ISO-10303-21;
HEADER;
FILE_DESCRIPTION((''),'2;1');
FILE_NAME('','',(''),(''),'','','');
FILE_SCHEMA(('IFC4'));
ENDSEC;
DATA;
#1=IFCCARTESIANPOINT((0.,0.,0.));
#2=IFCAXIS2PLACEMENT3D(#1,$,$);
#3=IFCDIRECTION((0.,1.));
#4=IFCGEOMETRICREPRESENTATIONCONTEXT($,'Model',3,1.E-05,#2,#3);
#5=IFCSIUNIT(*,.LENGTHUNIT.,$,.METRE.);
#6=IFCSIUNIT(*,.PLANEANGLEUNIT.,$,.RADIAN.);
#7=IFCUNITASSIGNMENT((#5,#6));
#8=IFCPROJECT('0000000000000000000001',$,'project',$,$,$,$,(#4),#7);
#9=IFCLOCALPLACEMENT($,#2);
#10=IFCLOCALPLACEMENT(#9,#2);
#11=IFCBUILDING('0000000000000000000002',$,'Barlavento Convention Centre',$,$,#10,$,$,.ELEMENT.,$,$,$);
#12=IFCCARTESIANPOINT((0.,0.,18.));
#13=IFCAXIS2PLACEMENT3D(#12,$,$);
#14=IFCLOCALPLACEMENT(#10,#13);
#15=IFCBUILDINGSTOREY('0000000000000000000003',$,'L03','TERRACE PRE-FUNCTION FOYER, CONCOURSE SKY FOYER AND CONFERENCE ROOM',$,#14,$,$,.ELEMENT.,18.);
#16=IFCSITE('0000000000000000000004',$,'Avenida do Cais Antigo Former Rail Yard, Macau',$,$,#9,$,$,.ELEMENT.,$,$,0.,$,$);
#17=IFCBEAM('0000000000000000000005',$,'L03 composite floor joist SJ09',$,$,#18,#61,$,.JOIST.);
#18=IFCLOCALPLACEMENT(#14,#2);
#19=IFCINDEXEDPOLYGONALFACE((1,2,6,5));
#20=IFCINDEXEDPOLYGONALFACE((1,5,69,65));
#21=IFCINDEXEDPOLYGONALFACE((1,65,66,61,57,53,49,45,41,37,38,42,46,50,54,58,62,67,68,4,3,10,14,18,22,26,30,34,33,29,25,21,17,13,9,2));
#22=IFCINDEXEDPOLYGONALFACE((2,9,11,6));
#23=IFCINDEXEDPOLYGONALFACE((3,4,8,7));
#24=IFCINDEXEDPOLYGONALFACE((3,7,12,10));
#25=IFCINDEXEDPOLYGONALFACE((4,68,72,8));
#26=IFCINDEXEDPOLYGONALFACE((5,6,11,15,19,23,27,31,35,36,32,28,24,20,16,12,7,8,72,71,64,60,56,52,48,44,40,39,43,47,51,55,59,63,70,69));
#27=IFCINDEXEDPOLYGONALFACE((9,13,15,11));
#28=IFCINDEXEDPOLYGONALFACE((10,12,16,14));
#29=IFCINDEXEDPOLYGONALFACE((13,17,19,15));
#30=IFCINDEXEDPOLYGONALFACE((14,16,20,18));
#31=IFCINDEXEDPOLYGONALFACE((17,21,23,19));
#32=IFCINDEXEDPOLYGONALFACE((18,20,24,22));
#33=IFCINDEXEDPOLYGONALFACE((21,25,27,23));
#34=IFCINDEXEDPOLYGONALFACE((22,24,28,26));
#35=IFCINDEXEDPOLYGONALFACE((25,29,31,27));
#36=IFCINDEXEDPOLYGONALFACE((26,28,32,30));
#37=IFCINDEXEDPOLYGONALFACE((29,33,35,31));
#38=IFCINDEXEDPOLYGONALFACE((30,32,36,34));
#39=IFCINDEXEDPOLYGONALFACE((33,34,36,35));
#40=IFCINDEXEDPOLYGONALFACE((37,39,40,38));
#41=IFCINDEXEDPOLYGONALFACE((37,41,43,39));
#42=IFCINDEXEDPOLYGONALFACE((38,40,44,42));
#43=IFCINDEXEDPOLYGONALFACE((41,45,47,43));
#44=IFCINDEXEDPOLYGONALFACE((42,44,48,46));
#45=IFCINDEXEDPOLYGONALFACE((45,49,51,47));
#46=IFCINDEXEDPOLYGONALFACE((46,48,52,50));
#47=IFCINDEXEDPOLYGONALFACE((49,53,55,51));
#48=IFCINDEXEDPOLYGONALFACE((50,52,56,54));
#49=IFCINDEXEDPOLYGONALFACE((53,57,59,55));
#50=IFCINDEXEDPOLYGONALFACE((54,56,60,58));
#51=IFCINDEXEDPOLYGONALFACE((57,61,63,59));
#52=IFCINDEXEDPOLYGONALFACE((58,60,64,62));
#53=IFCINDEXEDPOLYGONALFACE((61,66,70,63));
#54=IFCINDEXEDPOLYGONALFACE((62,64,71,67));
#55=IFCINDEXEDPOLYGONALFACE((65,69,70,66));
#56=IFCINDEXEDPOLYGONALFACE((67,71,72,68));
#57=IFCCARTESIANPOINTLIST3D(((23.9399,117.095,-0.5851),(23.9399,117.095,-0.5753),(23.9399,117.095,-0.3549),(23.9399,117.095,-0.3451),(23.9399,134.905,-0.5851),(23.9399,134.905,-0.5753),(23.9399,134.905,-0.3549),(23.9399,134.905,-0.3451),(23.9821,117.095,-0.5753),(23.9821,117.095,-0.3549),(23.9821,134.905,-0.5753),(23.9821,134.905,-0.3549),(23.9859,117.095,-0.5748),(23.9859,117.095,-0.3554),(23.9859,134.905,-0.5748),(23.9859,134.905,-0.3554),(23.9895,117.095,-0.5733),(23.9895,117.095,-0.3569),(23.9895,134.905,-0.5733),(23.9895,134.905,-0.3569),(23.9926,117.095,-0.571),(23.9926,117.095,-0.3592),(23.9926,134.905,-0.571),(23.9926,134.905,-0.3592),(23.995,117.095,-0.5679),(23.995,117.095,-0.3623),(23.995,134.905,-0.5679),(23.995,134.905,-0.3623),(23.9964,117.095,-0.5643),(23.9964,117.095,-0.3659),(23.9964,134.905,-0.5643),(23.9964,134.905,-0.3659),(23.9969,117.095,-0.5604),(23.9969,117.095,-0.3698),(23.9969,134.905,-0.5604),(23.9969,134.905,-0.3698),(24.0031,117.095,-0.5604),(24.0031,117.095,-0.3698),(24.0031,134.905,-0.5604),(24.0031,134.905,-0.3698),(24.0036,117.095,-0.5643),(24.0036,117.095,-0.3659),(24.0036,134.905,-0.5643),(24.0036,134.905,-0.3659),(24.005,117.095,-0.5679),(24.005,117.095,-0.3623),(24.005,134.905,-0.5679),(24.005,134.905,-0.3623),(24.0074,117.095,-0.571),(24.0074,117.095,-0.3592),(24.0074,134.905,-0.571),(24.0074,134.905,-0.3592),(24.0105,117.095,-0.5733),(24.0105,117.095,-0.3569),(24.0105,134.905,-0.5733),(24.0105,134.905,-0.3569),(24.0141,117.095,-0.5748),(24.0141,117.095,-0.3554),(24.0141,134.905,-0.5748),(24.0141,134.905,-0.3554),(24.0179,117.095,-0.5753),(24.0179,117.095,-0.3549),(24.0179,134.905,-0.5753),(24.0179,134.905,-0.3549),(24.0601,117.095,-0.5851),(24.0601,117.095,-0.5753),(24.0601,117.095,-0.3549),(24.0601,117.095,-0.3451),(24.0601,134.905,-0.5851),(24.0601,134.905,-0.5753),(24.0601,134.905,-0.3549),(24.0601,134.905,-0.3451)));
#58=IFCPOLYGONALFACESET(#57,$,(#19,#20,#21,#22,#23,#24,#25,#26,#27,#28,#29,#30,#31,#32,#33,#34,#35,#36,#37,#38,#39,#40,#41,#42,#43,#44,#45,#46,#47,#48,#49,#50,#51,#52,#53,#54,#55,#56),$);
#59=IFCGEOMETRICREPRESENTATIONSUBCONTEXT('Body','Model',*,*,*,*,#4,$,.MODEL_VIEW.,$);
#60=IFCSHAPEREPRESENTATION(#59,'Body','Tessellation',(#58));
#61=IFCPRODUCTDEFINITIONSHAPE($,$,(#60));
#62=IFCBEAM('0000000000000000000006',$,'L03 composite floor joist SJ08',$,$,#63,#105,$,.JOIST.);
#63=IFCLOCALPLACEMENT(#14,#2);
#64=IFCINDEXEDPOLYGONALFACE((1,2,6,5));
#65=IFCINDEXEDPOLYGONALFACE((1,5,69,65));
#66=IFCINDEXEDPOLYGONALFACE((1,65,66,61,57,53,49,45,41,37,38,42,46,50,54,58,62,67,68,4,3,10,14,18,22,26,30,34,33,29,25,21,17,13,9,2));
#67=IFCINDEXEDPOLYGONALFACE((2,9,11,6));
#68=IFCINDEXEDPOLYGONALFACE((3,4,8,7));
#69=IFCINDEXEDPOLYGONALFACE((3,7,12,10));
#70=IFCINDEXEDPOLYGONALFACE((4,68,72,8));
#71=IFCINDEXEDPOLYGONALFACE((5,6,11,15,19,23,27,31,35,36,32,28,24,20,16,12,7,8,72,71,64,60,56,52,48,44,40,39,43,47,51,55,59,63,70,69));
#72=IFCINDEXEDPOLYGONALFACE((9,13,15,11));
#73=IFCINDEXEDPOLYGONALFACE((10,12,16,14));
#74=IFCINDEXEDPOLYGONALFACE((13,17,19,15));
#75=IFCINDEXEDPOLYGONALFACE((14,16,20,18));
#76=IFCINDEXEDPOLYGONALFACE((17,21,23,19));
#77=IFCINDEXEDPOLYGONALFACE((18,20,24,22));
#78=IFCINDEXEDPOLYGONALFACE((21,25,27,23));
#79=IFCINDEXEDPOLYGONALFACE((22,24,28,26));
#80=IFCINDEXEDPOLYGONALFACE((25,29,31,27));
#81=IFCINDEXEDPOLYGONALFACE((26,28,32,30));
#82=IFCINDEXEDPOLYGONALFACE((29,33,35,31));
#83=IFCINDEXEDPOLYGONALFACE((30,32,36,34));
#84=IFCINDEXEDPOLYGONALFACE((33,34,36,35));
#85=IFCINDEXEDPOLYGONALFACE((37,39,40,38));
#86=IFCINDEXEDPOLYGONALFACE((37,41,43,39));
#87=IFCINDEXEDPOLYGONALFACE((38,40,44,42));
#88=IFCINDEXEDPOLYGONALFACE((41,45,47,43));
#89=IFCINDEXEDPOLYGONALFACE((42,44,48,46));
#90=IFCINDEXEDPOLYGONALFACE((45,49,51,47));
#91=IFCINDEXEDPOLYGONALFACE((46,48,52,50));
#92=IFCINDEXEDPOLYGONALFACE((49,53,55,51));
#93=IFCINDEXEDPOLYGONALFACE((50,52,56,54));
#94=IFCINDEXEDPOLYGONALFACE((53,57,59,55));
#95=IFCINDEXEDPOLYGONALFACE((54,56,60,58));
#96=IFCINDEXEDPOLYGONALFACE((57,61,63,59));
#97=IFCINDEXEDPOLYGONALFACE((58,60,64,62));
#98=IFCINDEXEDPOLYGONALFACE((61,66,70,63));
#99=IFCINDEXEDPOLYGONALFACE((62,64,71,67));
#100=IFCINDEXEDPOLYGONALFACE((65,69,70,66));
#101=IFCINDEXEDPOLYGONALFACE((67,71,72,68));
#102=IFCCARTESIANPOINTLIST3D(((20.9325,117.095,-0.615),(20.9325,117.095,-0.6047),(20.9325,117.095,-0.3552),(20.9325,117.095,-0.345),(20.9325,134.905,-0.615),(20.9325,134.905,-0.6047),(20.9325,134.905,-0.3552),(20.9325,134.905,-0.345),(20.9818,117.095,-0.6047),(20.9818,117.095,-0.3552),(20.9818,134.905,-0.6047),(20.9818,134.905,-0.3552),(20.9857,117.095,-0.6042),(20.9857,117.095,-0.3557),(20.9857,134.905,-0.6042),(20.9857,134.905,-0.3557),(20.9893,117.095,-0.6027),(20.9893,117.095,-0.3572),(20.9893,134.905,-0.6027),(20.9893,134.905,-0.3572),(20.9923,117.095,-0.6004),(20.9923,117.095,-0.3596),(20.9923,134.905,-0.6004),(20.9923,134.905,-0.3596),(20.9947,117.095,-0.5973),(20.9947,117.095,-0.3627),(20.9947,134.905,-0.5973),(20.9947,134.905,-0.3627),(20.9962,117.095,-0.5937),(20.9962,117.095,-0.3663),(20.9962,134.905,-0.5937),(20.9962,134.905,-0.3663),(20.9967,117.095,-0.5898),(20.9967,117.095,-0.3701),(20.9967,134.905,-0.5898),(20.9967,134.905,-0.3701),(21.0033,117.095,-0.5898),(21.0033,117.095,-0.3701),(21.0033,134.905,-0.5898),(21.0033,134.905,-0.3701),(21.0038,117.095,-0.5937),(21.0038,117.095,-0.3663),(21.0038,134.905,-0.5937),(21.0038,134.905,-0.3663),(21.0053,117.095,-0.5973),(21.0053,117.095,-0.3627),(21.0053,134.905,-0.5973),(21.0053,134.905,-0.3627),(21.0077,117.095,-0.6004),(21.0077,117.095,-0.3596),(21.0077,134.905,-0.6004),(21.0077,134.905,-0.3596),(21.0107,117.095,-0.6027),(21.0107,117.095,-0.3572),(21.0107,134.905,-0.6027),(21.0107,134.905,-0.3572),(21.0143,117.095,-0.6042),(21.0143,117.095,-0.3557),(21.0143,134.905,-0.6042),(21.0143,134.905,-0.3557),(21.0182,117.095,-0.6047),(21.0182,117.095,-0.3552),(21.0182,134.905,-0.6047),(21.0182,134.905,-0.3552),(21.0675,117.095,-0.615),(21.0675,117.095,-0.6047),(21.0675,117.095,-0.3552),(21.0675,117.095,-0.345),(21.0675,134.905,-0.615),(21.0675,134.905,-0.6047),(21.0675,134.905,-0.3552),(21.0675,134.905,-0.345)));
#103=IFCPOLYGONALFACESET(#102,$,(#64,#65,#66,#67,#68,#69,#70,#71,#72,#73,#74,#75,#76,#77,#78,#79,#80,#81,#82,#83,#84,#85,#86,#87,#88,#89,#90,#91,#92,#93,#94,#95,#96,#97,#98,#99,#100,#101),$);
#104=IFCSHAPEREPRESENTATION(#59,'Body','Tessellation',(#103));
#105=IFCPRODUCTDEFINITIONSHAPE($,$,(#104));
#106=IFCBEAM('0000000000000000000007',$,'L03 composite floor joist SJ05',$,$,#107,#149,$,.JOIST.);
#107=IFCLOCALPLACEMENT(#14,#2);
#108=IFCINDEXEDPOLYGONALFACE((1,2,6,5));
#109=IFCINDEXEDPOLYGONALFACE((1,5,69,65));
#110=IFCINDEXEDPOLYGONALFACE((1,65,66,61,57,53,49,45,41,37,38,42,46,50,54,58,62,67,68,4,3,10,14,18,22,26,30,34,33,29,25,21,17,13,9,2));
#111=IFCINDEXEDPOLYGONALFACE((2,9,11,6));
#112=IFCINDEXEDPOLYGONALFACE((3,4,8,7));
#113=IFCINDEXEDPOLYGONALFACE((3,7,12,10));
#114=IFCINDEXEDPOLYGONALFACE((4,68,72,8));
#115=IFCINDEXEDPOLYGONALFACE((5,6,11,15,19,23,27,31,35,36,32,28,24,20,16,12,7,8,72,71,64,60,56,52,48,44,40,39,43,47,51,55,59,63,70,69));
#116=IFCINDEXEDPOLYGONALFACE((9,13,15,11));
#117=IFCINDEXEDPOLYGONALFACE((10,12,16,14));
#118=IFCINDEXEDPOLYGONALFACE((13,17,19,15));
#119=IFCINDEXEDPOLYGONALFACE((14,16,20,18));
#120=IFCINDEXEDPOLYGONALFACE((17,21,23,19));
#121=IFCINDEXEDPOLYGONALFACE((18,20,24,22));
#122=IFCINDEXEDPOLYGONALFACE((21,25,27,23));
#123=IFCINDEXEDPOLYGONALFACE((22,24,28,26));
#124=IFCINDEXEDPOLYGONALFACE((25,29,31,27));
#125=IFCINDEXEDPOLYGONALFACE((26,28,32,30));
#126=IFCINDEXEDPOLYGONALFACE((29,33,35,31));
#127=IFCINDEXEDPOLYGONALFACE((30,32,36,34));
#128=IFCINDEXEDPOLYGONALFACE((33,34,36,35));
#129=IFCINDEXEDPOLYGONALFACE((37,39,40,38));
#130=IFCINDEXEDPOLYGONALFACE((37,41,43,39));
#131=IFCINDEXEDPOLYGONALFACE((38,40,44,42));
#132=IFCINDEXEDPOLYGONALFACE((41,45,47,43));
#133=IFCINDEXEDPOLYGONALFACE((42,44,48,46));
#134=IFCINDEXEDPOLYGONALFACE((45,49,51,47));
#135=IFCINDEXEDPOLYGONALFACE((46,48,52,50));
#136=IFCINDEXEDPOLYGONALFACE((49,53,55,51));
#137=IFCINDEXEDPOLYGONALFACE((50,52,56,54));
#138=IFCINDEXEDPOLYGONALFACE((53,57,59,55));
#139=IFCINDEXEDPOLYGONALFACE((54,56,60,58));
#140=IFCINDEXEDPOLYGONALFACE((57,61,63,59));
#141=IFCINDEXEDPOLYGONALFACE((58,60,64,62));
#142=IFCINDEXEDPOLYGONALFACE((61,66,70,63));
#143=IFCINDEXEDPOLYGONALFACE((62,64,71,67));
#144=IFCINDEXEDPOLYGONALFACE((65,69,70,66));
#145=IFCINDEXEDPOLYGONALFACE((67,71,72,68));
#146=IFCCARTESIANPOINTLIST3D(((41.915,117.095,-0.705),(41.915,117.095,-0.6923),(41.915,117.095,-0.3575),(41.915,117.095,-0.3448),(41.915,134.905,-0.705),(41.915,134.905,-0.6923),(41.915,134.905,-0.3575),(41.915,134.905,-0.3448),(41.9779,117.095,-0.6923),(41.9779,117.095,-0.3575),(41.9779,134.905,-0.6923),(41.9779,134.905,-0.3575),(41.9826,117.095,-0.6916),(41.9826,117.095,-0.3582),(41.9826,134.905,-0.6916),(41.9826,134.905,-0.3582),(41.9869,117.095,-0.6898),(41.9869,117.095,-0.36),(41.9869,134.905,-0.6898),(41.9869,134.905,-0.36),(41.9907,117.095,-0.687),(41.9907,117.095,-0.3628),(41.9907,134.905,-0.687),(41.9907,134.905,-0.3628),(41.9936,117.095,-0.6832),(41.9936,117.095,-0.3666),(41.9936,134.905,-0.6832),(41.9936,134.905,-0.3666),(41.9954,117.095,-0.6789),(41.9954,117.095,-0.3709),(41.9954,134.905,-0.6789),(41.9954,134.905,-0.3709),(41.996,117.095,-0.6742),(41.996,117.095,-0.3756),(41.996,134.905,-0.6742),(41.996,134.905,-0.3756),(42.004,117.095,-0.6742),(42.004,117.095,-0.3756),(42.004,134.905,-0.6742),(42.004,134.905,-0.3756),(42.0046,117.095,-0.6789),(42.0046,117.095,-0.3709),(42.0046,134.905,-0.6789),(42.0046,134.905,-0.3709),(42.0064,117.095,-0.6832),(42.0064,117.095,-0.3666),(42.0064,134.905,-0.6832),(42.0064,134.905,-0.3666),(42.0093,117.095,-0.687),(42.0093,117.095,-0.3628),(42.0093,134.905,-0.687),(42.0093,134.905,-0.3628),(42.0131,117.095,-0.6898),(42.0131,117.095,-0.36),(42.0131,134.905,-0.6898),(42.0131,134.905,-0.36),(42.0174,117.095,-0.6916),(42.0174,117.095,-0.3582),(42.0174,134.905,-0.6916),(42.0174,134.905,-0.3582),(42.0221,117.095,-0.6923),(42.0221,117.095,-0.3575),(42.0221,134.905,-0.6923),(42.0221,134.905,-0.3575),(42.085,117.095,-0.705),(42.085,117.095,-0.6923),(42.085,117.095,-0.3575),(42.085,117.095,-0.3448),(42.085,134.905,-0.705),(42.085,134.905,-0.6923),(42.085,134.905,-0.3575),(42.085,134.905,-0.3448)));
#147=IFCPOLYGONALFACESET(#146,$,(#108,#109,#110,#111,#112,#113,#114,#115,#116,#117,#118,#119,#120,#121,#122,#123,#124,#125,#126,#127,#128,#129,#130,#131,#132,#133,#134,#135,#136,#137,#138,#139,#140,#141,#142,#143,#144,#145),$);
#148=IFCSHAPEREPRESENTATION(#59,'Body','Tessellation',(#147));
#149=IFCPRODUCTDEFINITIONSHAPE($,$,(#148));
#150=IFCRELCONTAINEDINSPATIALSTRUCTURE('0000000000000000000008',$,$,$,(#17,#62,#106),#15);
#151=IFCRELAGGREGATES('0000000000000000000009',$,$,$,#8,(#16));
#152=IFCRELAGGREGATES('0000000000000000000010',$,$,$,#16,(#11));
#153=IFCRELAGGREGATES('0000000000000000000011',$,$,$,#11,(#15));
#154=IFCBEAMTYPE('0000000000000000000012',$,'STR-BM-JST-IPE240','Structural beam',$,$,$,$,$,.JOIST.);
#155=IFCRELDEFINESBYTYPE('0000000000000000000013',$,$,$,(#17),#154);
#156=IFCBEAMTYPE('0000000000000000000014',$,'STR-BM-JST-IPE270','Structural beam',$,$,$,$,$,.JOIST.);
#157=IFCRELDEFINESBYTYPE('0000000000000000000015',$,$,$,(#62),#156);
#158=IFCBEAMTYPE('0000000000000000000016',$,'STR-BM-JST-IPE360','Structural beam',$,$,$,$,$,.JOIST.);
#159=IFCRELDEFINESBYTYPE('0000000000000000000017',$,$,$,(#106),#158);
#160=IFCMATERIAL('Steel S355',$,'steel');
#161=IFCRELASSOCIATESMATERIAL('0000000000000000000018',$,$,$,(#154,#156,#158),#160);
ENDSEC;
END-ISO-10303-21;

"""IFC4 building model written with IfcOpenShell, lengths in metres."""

from ifc_helpers import new_model, si_unit, direction, frame, origin, origin_2d, place, context, subcontext, project, spatial, i_section, extrude, material, material_profile, profile_set, type_object, element, save


model = new_model("IFC4")

# Units and contexts
model_context = context("Model", 3, precision=1e-05, world=origin(), true_north=direction((0.0, 1.0)))
body_context = subcontext(model_context, "Body", "Model", "MODEL_VIEW")
ifc_project = project(units=[si_unit("LENGTHUNIT", "METRE"), si_unit("PLANEANGLEUNIT", "RADIAN")], contexts=[model_context])

# Site, building, storey
site_placement = place(None, origin())
site = spatial("IfcSite", under=ifc_project, at=site_placement, Name="Avenida do Cais Antigo Former Rail Yard, Macau", CompositionType="ELEMENT", RefElevation=0.0)
building_placement = place(site_placement, origin())
building = spatial("IfcBuilding", under=site, at=building_placement, Name="Barlavento Convention Centre", CompositionType="ELEMENT")
storey_placement = place(building_placement, frame((0.0, 0.0, 18.0)))
storey = spatial("IfcBuildingStorey", under=building, at=storey_placement, Name="L03", Description="TERRACE PRE-FUNCTION FOYER, CONCOURSE SKY FOYER AND CONFERENCE ROOM", CompositionType="ELEMENT", Elevation=18.0)

# Beams
ifc_material_1 = material(Name="Steel S355", Category="steel")
ifc_material_profile_1 = material_profile(ifc_material_1, i_section(OverallWidth=0.1201, OverallDepth=0.24, WebThickness=0.0061, FlangeThickness=0.0098, FilletRadius=0.0149, at=origin_2d()), Name="IPE 240")
ifc_profile_set_1 = profile_set([ifc_material_profile_1], Name="Steel S355")
beam_type_1 = type_object("IfcBeamType", Name="STR-BM-JST-IPE240", Description="Structural beam", PredefinedType="JOIST", material=ifc_profile_set_1)
beam_1_placement = place(storey_placement, frame((24.0, 117.095, -0.4651), z_axis=(0.0, 1.0, 0.0), x_axis=(-1.0, 0.0, 0.0)))
element("IfcBeam", 1, at=beam_1_placement, inside=storey, type_object=beam_type_1, Name="L03 composite floor joist SJ09", PredefinedType="JOIST", context=body_context, shape_type="SweptSolid", body=[
    extrude(i_section(OverallWidth=0.1201, OverallDepth=0.24, WebThickness=0.0061, FlangeThickness=0.0098, FilletRadius=0.0149, at=origin_2d()), origin(), (0.0, 0.0, 1.0), 17.8101),
])
ifc_material_profile_2 = material_profile(ifc_material_1, i_section(OverallWidth=0.135, OverallDepth=0.27, WebThickness=0.0066, FlangeThickness=0.0103, FilletRadius=0.0149, at=origin_2d()), Name="IPE 270")
ifc_profile_set_2 = profile_set([ifc_material_profile_2], Name="Steel S355")
beam_type_2 = type_object("IfcBeamType", Name="STR-BM-JST-IPE270", Description="Structural beam", PredefinedType="JOIST", material=ifc_profile_set_2)
beam_2_placement = place(storey_placement, frame((21.0, 117.095, -0.48), z_axis=(0.0, 1.0, 0.0), x_axis=(-1.0, 0.0, 0.0)))
element("IfcBeam", 2, at=beam_2_placement, inside=storey, type_object=beam_type_2, Name="L03 composite floor joist SJ08", PredefinedType="JOIST", context=body_context, shape_type="SweptSolid", body=[
    extrude(i_section(OverallWidth=0.135, OverallDepth=0.27, WebThickness=0.0066, FlangeThickness=0.0103, FilletRadius=0.0149, at=origin_2d()), origin(), (0.0, 0.0, 1.0), 17.8101),
])
ifc_material_profile_3 = material_profile(ifc_material_1, i_section(OverallWidth=0.1699, OverallDepth=0.3601, WebThickness=0.0081, FlangeThickness=0.0127, FilletRadius=0.0181, at=origin_2d()), Name="IPE 360")
ifc_profile_set_3 = profile_set([ifc_material_profile_3], Name="Steel S355")
beam_type_3 = type_object("IfcBeamType", Name="STR-BM-JST-IPE360", Description="Structural beam", PredefinedType="JOIST", material=ifc_profile_set_3)
beam_3_placement = place(storey_placement, frame((42.0, 117.095, -0.5249), z_axis=(0.0, 1.0, 0.0), x_axis=(-1.0, 0.0, 0.0)))
element("IfcBeam", 3, at=beam_3_placement, inside=storey, type_object=beam_type_3, Name="L03 composite floor joist SJ05", PredefinedType="JOIST", context=body_context, shape_type="SweptSolid", body=[
    extrude(i_section(OverallWidth=0.1699, OverallDepth=0.3601, WebThickness=0.0081, FlangeThickness=0.0127, FilletRadius=0.0181, at=origin_2d()), origin(), (0.0, 0.0, 1.0), 17.8101),
])

save(model, "model.ifc")
